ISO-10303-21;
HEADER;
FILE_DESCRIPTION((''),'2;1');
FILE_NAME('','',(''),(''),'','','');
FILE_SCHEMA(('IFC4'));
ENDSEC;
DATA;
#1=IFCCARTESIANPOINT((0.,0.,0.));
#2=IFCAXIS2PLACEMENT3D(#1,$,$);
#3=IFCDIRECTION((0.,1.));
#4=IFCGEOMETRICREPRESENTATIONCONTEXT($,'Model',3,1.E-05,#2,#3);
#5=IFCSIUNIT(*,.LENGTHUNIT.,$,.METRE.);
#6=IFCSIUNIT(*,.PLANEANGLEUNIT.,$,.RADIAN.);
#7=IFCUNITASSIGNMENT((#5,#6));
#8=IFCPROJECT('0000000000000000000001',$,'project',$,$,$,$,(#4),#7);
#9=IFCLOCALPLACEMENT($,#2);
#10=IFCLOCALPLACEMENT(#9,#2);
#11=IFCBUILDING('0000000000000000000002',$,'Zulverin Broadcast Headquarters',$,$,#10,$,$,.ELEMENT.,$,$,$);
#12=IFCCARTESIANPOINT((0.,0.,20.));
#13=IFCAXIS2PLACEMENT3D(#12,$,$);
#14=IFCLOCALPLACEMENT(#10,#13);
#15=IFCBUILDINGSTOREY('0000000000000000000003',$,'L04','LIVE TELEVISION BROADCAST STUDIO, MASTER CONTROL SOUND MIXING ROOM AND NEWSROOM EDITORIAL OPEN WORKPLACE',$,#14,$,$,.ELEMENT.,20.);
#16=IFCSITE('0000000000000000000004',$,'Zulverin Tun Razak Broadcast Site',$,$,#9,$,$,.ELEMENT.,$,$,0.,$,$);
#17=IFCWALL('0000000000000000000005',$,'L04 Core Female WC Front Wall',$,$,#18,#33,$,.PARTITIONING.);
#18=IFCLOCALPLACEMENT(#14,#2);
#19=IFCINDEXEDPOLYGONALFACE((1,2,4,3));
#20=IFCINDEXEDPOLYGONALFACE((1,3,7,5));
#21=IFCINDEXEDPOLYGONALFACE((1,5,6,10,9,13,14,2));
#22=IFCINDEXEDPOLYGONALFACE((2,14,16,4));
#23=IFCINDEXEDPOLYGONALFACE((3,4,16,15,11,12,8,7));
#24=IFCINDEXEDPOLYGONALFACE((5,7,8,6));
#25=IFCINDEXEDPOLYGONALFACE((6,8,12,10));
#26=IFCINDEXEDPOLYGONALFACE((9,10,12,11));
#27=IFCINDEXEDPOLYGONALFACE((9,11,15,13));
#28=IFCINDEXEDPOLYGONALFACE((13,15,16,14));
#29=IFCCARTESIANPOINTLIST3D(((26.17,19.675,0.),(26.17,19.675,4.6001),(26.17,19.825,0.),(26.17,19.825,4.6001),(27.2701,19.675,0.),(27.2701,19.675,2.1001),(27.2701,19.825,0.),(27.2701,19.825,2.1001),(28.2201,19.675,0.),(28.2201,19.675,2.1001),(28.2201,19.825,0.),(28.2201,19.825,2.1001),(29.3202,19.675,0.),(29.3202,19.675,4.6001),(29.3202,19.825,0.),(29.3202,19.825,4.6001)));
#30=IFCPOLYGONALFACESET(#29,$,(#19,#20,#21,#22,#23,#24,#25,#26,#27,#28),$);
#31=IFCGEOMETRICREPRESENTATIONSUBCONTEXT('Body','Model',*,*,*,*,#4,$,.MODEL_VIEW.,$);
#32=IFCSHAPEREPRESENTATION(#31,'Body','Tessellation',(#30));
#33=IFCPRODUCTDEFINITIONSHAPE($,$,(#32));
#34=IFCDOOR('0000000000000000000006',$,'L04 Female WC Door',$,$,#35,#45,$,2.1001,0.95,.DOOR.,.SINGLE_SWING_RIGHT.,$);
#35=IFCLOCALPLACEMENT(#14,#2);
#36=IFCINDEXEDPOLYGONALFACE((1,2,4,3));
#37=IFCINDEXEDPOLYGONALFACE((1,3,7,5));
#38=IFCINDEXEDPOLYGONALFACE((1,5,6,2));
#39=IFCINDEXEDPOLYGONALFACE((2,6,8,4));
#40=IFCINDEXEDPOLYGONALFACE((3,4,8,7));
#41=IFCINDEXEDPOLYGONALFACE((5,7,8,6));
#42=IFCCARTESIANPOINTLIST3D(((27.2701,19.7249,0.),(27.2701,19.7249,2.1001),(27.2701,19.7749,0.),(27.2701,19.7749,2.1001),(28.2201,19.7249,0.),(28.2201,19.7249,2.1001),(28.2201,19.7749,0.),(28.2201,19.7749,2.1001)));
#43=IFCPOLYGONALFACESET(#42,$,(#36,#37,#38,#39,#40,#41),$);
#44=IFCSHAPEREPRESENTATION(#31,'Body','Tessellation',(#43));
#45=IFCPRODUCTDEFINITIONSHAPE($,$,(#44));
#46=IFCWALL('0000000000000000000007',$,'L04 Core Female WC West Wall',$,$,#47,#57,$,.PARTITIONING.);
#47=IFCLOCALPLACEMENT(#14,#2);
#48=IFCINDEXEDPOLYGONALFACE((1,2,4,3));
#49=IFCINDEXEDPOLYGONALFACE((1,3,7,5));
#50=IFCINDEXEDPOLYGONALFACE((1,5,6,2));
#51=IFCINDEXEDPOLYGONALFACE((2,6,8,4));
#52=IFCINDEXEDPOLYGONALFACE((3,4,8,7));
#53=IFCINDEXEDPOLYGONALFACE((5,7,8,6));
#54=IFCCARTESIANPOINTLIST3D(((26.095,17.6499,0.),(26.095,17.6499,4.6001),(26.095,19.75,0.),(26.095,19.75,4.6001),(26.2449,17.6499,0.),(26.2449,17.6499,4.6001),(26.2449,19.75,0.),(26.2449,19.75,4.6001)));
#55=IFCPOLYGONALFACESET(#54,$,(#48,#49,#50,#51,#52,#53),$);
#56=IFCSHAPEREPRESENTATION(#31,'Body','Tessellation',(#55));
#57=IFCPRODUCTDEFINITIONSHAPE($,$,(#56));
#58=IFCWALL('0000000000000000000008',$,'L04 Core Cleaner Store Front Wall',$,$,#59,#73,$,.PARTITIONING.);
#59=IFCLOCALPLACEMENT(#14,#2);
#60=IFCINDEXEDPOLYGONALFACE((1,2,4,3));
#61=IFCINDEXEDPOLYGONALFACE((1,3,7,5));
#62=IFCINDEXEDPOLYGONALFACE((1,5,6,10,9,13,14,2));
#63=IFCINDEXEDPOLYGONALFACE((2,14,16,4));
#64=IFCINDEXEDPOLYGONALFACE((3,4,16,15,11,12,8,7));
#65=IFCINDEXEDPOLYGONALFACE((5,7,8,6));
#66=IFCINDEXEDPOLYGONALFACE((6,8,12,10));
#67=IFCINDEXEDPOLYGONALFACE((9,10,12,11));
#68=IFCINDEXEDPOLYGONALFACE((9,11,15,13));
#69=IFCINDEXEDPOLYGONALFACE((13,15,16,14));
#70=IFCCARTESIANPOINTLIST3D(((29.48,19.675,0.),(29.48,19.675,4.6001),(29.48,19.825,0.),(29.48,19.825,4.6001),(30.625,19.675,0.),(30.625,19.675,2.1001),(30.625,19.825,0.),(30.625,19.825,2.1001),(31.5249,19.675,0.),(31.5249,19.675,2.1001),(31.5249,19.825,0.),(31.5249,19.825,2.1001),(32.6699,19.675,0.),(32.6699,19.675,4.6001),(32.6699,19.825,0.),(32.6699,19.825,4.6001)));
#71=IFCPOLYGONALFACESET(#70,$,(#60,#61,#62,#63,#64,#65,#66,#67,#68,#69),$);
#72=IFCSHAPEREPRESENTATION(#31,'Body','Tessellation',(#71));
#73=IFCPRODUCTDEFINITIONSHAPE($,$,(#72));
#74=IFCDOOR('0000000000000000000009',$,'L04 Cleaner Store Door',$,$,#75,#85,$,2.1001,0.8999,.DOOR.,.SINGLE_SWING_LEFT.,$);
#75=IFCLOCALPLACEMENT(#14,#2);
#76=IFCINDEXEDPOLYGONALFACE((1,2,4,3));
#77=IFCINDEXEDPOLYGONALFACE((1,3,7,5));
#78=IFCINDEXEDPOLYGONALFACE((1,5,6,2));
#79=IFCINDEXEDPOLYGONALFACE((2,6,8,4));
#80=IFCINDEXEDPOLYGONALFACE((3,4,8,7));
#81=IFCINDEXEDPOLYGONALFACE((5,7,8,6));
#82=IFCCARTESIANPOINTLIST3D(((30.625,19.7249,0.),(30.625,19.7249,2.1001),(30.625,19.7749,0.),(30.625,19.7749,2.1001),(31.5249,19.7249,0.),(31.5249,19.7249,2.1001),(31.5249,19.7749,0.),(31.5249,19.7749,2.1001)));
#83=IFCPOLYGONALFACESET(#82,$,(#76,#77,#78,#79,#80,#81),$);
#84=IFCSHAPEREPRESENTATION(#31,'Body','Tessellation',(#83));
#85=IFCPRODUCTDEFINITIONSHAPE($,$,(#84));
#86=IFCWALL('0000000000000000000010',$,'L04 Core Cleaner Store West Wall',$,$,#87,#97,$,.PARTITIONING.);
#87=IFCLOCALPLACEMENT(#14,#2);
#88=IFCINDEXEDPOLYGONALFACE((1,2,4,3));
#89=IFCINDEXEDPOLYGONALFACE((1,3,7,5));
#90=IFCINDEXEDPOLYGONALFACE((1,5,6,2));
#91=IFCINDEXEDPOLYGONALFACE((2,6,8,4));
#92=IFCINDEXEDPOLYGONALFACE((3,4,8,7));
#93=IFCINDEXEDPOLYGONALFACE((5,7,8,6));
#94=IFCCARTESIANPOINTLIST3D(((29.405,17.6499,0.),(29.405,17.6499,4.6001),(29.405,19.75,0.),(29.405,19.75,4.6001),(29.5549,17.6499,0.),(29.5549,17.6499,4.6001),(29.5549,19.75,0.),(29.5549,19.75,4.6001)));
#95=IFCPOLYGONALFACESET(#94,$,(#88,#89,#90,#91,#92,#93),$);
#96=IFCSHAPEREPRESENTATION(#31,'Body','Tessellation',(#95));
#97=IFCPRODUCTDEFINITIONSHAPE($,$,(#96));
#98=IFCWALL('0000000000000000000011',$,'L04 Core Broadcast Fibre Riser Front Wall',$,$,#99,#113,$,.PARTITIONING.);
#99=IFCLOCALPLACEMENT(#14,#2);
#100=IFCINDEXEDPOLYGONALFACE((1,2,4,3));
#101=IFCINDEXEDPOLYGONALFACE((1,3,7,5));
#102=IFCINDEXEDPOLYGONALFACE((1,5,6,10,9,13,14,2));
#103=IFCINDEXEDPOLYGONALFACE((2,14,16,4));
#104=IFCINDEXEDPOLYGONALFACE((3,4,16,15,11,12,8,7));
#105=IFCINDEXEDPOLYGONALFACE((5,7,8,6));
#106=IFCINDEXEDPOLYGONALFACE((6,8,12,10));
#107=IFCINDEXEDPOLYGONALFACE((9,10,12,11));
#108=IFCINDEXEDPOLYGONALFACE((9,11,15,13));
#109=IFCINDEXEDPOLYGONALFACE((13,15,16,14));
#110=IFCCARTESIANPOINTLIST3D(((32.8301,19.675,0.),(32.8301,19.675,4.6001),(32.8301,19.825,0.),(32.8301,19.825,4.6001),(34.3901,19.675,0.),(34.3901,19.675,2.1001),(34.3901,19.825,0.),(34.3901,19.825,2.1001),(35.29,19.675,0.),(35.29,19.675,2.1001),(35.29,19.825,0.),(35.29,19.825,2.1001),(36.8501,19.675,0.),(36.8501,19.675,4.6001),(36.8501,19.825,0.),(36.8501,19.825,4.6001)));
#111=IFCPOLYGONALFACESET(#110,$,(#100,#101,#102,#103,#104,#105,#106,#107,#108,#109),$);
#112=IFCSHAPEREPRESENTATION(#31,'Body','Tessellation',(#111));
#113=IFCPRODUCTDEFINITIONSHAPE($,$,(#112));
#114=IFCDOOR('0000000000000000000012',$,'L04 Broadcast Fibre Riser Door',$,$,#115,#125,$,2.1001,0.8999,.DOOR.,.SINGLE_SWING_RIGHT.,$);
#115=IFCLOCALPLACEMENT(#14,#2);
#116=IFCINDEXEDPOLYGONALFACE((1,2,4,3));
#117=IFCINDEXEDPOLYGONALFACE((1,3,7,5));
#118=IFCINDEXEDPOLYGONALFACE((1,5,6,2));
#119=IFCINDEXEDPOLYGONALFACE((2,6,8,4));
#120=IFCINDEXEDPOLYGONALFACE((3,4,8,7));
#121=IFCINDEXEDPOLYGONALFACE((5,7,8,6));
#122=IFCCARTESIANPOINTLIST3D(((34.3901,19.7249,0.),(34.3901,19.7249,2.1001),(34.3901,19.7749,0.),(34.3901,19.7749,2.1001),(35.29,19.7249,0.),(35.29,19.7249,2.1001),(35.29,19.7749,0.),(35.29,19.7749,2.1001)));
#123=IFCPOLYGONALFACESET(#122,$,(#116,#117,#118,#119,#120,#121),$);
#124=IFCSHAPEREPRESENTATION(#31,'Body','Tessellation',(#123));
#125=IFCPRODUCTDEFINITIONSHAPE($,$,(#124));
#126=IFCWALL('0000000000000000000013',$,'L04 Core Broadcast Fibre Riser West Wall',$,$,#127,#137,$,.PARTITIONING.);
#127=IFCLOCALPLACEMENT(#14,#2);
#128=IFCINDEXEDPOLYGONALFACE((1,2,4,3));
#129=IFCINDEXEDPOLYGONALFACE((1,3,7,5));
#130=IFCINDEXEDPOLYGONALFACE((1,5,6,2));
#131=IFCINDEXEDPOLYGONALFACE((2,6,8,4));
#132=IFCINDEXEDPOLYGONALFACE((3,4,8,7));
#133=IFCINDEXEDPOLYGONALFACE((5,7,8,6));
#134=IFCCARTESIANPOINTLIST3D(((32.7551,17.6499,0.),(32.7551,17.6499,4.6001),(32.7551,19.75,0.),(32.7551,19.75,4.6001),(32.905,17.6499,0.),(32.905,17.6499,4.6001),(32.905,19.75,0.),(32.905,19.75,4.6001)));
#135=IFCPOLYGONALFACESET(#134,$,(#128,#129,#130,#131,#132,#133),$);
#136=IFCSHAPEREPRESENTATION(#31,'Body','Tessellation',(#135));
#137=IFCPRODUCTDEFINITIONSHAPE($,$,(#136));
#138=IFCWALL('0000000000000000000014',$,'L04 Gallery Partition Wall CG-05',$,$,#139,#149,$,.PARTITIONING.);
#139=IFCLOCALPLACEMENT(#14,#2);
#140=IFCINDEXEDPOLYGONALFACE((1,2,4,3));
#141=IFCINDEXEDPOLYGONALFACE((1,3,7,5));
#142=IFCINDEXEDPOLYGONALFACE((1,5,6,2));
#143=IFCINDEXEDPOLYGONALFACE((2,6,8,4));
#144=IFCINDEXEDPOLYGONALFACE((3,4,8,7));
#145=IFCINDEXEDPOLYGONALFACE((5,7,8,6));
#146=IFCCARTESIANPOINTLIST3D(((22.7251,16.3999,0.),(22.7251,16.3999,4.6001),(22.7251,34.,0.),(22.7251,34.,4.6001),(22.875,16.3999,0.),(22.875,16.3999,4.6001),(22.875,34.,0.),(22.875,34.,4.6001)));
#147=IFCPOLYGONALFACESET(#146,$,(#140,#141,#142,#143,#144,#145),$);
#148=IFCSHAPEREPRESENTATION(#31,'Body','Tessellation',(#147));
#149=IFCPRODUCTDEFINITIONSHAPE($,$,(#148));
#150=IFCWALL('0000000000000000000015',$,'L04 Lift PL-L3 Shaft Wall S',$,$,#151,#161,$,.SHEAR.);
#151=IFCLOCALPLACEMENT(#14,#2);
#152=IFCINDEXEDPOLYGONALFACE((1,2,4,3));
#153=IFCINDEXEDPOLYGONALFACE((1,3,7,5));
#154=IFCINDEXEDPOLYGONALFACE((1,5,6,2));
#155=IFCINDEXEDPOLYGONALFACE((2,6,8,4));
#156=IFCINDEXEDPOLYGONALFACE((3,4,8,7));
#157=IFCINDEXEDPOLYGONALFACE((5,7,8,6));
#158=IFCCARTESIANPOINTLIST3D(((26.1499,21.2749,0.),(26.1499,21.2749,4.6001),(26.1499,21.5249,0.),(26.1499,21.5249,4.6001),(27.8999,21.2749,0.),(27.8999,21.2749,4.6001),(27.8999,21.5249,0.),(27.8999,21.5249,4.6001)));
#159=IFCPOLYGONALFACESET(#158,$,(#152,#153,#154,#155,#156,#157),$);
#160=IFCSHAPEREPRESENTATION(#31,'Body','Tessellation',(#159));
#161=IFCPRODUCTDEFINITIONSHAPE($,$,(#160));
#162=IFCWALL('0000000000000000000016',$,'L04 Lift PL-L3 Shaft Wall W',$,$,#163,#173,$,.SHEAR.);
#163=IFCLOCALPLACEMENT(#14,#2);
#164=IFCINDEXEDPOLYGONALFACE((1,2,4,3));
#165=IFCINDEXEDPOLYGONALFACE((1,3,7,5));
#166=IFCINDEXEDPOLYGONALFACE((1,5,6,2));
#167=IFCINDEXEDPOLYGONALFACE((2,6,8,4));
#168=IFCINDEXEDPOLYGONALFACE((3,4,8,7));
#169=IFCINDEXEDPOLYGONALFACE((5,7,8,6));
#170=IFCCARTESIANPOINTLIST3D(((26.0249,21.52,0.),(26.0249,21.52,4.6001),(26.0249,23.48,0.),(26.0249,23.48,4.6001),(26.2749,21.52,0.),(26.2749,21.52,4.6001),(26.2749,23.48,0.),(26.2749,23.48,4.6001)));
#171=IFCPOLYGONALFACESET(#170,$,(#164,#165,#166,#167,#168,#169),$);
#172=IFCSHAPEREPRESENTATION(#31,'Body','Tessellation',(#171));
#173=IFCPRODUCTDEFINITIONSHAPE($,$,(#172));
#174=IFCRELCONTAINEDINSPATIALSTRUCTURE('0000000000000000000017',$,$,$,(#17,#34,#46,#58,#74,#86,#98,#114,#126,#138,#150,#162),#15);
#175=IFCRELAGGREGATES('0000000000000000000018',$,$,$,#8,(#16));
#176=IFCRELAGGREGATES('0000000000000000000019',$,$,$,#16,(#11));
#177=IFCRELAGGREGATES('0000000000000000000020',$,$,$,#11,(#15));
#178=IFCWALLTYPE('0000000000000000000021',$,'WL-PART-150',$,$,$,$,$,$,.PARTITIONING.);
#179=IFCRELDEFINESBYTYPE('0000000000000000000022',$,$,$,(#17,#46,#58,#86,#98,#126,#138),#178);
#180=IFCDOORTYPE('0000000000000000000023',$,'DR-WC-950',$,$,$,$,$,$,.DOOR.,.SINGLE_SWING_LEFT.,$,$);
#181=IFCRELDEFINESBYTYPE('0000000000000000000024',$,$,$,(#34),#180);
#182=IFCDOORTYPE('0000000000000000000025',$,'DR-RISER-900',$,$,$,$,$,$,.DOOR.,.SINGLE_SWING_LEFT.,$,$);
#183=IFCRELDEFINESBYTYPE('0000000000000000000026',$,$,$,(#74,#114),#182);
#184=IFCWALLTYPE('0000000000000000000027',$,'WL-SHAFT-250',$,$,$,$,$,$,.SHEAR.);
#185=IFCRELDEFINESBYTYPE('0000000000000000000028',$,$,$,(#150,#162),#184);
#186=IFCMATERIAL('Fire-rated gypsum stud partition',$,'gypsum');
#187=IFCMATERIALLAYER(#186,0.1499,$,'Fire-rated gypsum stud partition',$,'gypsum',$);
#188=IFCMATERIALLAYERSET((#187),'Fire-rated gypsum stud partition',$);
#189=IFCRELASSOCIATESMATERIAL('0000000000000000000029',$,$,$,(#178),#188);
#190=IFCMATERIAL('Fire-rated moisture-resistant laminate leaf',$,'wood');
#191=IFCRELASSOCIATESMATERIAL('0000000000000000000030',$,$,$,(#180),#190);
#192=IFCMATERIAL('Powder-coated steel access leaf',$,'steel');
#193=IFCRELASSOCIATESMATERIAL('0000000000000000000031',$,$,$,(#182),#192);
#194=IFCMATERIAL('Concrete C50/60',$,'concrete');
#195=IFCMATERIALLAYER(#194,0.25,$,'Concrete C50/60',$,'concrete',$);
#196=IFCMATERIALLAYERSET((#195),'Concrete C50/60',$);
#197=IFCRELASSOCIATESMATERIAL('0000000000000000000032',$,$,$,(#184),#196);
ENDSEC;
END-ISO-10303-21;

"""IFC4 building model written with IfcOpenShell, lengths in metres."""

from ifc_helpers import new_model, si_unit, direction, frame, frame_2d, origin, place, context, subcontext, project, spatial, rectangle, extrude, material, layer, layer_set, type_object, element, fill, save


model = new_model("IFC4")

# Units and contexts
model_context = context("Model", 3, precision=1e-05, world=origin(), true_north=direction((0.0, 1.0)))
body_context = subcontext(model_context, "Body", "Model", "MODEL_VIEW")
ifc_project = project(units=[si_unit("LENGTHUNIT", "METRE"), si_unit("PLANEANGLEUNIT", "RADIAN")], contexts=[model_context])

# Site, building, storey
site_placement = place(None, origin())
site = spatial("IfcSite", under=ifc_project, at=site_placement, Name="Zulverin Tun Razak Broadcast Site", CompositionType="ELEMENT", RefElevation=0.0)
building_placement = place(site_placement, origin())
building = spatial("IfcBuilding", under=site, at=building_placement, Name="Zulverin Broadcast Headquarters", CompositionType="ELEMENT")
storey_placement = place(building_placement, frame((0.0, 0.0, 20.0)))
storey = spatial("IfcBuildingStorey", under=building, at=storey_placement, Name="L04", Description="LIVE TELEVISION BROADCAST STUDIO, MASTER CONTROL SOUND MIXING ROOM AND NEWSROOM EDITORIAL OPEN WORKPLACE", CompositionType="ELEMENT", Elevation=20.0)

# Wall, opening, door
ifc_material_1 = material(Name="Fire-rated gypsum stud partition", Category="gypsum")
ifc_layer_1 = layer(ifc_material_1, 0.1499, Name="Fire-rated gypsum stud partition", Category="gypsum")
ifc_layer_set_1 = layer_set([ifc_layer_1], Name="Fire-rated gypsum stud partition")
wall_type_1 = type_object("IfcWallType", Name="WL-PART-150", PredefinedType="PARTITIONING", material=ifc_layer_set_1)
wall_1_placement = place(storey_placement, frame((26.1699, 19.75, 0.0), z_axis=(0.0, 0.0, 1.0), x_axis=(1.0, 0.0, 0.0)))
wall_1 = element("IfcWall", 1, at=wall_1_placement, inside=storey, type_object=wall_type_1, Name="L04 Core Female WC Front Wall", PredefinedType="PARTITIONING", context=body_context, shape_type="SweptSolid", body=[
    extrude(rectangle(XDim=3.1501, YDim=0.1499, at=frame_2d((1.5752, 0.0))), origin(), (0.0, 0.0, 1.0), 4.6001),
])
opening_1_placement = place(wall_1_placement, frame((1.1001, 0.0, 0.0)))
opening_1 = element("IfcOpeningElement", 2, at=opening_1_placement, cuts=wall_1, PredefinedType="OPENING", context=body_context, shape_type="SweptSolid", body=[
    extrude(rectangle(XDim=0.95, YDim=2.1001, at=frame_2d((0.4751, 1.05))), frame((0.0, 0.085, 0.0), z_axis=(0.0, -1.0, 0.0), x_axis=(1.0, 0.0, 0.0)), (0.0, 0.0, 1.0), 0.1699),
])
ifc_material_2 = material(Name="Fire-rated moisture-resistant laminate leaf", Category="wood")
door_type_1 = type_object("IfcDoorType", Name="DR-WC-950", OperationType="SINGLE_SWING_LEFT", PredefinedType="DOOR", material=ifc_material_2)
door_1_placement = place(opening_1_placement, origin())
door_1 = element("IfcDoor", 3, at=door_1_placement, inside=storey, type_object=door_type_1, Name="L04 Female WC Door", OperationType="SINGLE_SWING_RIGHT", OverallHeight=2.1001, OverallWidth=0.95, PredefinedType="DOOR", context=body_context, shape_type="SweptSolid", body=[
    extrude(rectangle(XDim=0.95, YDim=2.1001, at=frame_2d((0.4751, 1.05))), frame((0.0, 0.0249, 0.0), z_axis=(0.0, -1.0, 0.0), x_axis=(1.0, 0.0, 0.0)), (0.0, 0.0, 1.0), 0.05),
])
fill(opening_1, door_1)

# Wall
wall_2_placement = place(storey_placement, frame((26.1699, 17.6499, 0.0), z_axis=(0.0, 0.0, 1.0), x_axis=(0.0, 1.0, 0.0)))
element("IfcWall", 4, at=wall_2_placement, inside=storey, type_object=wall_type_1, Name="L04 Core Female WC West Wall", PredefinedType="PARTITIONING", context=body_context, shape_type="SweptSolid", body=[
    extrude(rectangle(XDim=2.1001, YDim=0.1499, at=frame_2d((1.05, 0.0))), origin(), (0.0, 0.0, 1.0), 4.6001),
])

# Wall, opening, door
wall_3_placement = place(storey_placement, frame((29.48, 19.75, 0.0), z_axis=(0.0, 0.0, 1.0), x_axis=(1.0, 0.0, 0.0)))
wall_3 = element("IfcWall", 5, at=wall_3_placement, inside=storey, type_object=wall_type_1, Name="L04 Core Cleaner Store Front Wall", PredefinedType="PARTITIONING", context=body_context, shape_type="SweptSolid", body=[
    extrude(rectangle(XDim=3.1899, YDim=0.1499, at=frame_2d((1.595, 0.0))), origin(), (0.0, 0.0, 1.0), 4.6001),
])
opening_2_placement = place(wall_3_placement, frame((1.145, 0.0, 0.0)))
opening_2 = element("IfcOpeningElement", 6, at=opening_2_placement, cuts=wall_3, PredefinedType="OPENING", context=body_context, shape_type="SweptSolid", body=[
    extrude(rectangle(XDim=0.8999, YDim=2.1001, at=frame_2d((0.45, 1.05))), frame((0.0, 0.085, 0.0), z_axis=(0.0, -1.0, 0.0), x_axis=(1.0, 0.0, 0.0)), (0.0, 0.0, 1.0), 0.1699),
])
ifc_material_3 = material(Name="Powder-coated steel access leaf", Category="steel")
door_type_2 = type_object("IfcDoorType", Name="DR-RISER-900", OperationType="SINGLE_SWING_LEFT", PredefinedType="DOOR", material=ifc_material_3)
door_2_placement = place(opening_2_placement, origin())
door_2 = element("IfcDoor", 7, at=door_2_placement, inside=storey, type_object=door_type_2, Name="L04 Cleaner Store Door", OperationType="SINGLE_SWING_LEFT", OverallHeight=2.1001, OverallWidth=0.8999, PredefinedType="DOOR", context=body_context, shape_type="SweptSolid", body=[
    extrude(rectangle(XDim=0.8999, YDim=2.1001, at=frame_2d((0.45, 1.05))), frame((0.0, 0.0249, 0.0), z_axis=(0.0, -1.0, 0.0), x_axis=(1.0, 0.0, 0.0)), (0.0, 0.0, 1.0), 0.05),
])
fill(opening_2, door_2)

# Wall
wall_4_placement = place(storey_placement, frame((29.48, 17.6499, 0.0), z_axis=(0.0, 0.0, 1.0), x_axis=(0.0, 1.0, 0.0)))
element("IfcWall", 8, at=wall_4_placement, inside=storey, type_object=wall_type_1, Name="L04 Core Cleaner Store West Wall", PredefinedType="PARTITIONING", context=body_context, shape_type="SweptSolid", body=[
    extrude(rectangle(XDim=2.1001, YDim=0.1499, at=frame_2d((1.05, 0.0))), origin(), (0.0, 0.0, 1.0), 4.6001),
])

# Wall, opening, door
wall_5_placement = place(storey_placement, frame((32.8301, 19.75, 0.0), z_axis=(0.0, 0.0, 1.0), x_axis=(1.0, 0.0, 0.0)))
wall_5 = element("IfcWall", 9, at=wall_5_placement, inside=storey, type_object=wall_type_1, Name="L04 Core Broadcast Fibre Riser Front Wall", PredefinedType="PARTITIONING", context=body_context, shape_type="SweptSolid", body=[
    extrude(rectangle(XDim=4.02, YDim=0.1499, at=frame_2d((2.01, 0.0))), origin(), (0.0, 0.0, 1.0), 4.6001),
])
opening_3_placement = place(wall_5_placement, frame((1.5601, 0.0, 0.0)))
opening_3 = element("IfcOpeningElement", 10, at=opening_3_placement, cuts=wall_5, PredefinedType="OPENING", context=body_context, shape_type="SweptSolid", body=[
    extrude(rectangle(XDim=0.8999, YDim=2.1001, at=frame_2d((0.45, 1.05))), frame((0.0, 0.085, 0.0), z_axis=(0.0, -1.0, 0.0), x_axis=(1.0, 0.0, 0.0)), (0.0, 0.0, 1.0), 0.1699),
])
door_3_placement = place(opening_3_placement, origin())
door_3 = element("IfcDoor", 11, at=door_3_placement, inside=storey, type_object=door_type_2, Name="L04 Broadcast Fibre Riser Door", OperationType="SINGLE_SWING_RIGHT", OverallHeight=2.1001, OverallWidth=0.8999, PredefinedType="DOOR", context=body_context, shape_type="SweptSolid", body=[
    extrude(rectangle(XDim=0.8999, YDim=2.1001, at=frame_2d((0.45, 1.05))), frame((0.0, 0.0249, 0.0), z_axis=(0.0, -1.0, 0.0), x_axis=(1.0, 0.0, 0.0)), (0.0, 0.0, 1.0), 0.05),
])
fill(opening_3, door_3)

# Walls
wall_6_placement = place(storey_placement, frame((32.8301, 17.6499, 0.0), z_axis=(0.0, 0.0, 1.0), x_axis=(0.0, 1.0, 0.0)))
element("IfcWall", 12, at=wall_6_placement, inside=storey, type_object=wall_type_1, Name="L04 Core Broadcast Fibre Riser West Wall", PredefinedType="PARTITIONING", context=body_context, shape_type="SweptSolid", body=[
    extrude(rectangle(XDim=2.1001, YDim=0.1499, at=frame_2d((1.05, 0.0))), origin(), (0.0, 0.0, 1.0), 4.6001),
])
wall_7_placement = place(storey_placement, frame((22.8, 16.3999, 0.0), z_axis=(0.0, 0.0, 1.0), x_axis=(0.0, 1.0, 0.0)))
element("IfcWall", 13, at=wall_7_placement, inside=storey, type_object=wall_type_1, Name="L04 Gallery Partition Wall CG-05", PredefinedType="PARTITIONING", context=body_context, shape_type="SweptSolid", body=[
    extrude(rectangle(XDim=17.6001, YDim=0.1499, at=frame_2d((8.8, 0.0))), origin(), (0.0, 0.0, 1.0), 4.6001),
])
ifc_material_4 = material(Name="Concrete C50/60", Category="concrete")
ifc_layer_2 = layer(ifc_material_4, 0.25, Name="Concrete C50/60", Category="concrete")
ifc_layer_set_2 = layer_set([ifc_layer_2], Name="Concrete C50/60")
wall_type_2 = type_object("IfcWallType", Name="WL-SHAFT-250", PredefinedType="SHEAR", material=ifc_layer_set_2)
wall_8_placement = place(storey_placement, frame((26.1499, 21.3999, 0.0), z_axis=(0.0, 0.0, 1.0), x_axis=(1.0, 0.0, 0.0)))
element("IfcWall", 14, at=wall_8_placement, inside=storey, type_object=wall_type_2, Name="L04 Lift PL-L3 Shaft Wall S", PredefinedType="SHEAR", context=body_context, shape_type="SweptSolid", body=[
    extrude(rectangle(XDim=1.75, YDim=0.25, at=frame_2d((0.875, 0.0))), origin(), (0.0, 0.0, 1.0), 4.6001),
])
for number, where, z_axis, x_axis, name in (
    (15, (26.1499, 21.52, 0.0), (0.0, 0.0, 1.0), (0.0, 1.0, 0.0), "L04 Lift PL-L3 Shaft Wall W"),
):
    element("IfcWall", number, at=place(storey_placement, frame(where, z_axis=z_axis, x_axis=x_axis)), inside=storey, type_object=wall_type_2, Name=name, PredefinedType="SHEAR", context=body_context, shape_type="SweptSolid", body=[
        extrude(rectangle(XDim=1.96, YDim=0.25, at=frame_2d((0.98, 0.0))), origin(), (0.0, 0.0, 1.0), 4.6001),
    ])

save(model, "model.ifc")
